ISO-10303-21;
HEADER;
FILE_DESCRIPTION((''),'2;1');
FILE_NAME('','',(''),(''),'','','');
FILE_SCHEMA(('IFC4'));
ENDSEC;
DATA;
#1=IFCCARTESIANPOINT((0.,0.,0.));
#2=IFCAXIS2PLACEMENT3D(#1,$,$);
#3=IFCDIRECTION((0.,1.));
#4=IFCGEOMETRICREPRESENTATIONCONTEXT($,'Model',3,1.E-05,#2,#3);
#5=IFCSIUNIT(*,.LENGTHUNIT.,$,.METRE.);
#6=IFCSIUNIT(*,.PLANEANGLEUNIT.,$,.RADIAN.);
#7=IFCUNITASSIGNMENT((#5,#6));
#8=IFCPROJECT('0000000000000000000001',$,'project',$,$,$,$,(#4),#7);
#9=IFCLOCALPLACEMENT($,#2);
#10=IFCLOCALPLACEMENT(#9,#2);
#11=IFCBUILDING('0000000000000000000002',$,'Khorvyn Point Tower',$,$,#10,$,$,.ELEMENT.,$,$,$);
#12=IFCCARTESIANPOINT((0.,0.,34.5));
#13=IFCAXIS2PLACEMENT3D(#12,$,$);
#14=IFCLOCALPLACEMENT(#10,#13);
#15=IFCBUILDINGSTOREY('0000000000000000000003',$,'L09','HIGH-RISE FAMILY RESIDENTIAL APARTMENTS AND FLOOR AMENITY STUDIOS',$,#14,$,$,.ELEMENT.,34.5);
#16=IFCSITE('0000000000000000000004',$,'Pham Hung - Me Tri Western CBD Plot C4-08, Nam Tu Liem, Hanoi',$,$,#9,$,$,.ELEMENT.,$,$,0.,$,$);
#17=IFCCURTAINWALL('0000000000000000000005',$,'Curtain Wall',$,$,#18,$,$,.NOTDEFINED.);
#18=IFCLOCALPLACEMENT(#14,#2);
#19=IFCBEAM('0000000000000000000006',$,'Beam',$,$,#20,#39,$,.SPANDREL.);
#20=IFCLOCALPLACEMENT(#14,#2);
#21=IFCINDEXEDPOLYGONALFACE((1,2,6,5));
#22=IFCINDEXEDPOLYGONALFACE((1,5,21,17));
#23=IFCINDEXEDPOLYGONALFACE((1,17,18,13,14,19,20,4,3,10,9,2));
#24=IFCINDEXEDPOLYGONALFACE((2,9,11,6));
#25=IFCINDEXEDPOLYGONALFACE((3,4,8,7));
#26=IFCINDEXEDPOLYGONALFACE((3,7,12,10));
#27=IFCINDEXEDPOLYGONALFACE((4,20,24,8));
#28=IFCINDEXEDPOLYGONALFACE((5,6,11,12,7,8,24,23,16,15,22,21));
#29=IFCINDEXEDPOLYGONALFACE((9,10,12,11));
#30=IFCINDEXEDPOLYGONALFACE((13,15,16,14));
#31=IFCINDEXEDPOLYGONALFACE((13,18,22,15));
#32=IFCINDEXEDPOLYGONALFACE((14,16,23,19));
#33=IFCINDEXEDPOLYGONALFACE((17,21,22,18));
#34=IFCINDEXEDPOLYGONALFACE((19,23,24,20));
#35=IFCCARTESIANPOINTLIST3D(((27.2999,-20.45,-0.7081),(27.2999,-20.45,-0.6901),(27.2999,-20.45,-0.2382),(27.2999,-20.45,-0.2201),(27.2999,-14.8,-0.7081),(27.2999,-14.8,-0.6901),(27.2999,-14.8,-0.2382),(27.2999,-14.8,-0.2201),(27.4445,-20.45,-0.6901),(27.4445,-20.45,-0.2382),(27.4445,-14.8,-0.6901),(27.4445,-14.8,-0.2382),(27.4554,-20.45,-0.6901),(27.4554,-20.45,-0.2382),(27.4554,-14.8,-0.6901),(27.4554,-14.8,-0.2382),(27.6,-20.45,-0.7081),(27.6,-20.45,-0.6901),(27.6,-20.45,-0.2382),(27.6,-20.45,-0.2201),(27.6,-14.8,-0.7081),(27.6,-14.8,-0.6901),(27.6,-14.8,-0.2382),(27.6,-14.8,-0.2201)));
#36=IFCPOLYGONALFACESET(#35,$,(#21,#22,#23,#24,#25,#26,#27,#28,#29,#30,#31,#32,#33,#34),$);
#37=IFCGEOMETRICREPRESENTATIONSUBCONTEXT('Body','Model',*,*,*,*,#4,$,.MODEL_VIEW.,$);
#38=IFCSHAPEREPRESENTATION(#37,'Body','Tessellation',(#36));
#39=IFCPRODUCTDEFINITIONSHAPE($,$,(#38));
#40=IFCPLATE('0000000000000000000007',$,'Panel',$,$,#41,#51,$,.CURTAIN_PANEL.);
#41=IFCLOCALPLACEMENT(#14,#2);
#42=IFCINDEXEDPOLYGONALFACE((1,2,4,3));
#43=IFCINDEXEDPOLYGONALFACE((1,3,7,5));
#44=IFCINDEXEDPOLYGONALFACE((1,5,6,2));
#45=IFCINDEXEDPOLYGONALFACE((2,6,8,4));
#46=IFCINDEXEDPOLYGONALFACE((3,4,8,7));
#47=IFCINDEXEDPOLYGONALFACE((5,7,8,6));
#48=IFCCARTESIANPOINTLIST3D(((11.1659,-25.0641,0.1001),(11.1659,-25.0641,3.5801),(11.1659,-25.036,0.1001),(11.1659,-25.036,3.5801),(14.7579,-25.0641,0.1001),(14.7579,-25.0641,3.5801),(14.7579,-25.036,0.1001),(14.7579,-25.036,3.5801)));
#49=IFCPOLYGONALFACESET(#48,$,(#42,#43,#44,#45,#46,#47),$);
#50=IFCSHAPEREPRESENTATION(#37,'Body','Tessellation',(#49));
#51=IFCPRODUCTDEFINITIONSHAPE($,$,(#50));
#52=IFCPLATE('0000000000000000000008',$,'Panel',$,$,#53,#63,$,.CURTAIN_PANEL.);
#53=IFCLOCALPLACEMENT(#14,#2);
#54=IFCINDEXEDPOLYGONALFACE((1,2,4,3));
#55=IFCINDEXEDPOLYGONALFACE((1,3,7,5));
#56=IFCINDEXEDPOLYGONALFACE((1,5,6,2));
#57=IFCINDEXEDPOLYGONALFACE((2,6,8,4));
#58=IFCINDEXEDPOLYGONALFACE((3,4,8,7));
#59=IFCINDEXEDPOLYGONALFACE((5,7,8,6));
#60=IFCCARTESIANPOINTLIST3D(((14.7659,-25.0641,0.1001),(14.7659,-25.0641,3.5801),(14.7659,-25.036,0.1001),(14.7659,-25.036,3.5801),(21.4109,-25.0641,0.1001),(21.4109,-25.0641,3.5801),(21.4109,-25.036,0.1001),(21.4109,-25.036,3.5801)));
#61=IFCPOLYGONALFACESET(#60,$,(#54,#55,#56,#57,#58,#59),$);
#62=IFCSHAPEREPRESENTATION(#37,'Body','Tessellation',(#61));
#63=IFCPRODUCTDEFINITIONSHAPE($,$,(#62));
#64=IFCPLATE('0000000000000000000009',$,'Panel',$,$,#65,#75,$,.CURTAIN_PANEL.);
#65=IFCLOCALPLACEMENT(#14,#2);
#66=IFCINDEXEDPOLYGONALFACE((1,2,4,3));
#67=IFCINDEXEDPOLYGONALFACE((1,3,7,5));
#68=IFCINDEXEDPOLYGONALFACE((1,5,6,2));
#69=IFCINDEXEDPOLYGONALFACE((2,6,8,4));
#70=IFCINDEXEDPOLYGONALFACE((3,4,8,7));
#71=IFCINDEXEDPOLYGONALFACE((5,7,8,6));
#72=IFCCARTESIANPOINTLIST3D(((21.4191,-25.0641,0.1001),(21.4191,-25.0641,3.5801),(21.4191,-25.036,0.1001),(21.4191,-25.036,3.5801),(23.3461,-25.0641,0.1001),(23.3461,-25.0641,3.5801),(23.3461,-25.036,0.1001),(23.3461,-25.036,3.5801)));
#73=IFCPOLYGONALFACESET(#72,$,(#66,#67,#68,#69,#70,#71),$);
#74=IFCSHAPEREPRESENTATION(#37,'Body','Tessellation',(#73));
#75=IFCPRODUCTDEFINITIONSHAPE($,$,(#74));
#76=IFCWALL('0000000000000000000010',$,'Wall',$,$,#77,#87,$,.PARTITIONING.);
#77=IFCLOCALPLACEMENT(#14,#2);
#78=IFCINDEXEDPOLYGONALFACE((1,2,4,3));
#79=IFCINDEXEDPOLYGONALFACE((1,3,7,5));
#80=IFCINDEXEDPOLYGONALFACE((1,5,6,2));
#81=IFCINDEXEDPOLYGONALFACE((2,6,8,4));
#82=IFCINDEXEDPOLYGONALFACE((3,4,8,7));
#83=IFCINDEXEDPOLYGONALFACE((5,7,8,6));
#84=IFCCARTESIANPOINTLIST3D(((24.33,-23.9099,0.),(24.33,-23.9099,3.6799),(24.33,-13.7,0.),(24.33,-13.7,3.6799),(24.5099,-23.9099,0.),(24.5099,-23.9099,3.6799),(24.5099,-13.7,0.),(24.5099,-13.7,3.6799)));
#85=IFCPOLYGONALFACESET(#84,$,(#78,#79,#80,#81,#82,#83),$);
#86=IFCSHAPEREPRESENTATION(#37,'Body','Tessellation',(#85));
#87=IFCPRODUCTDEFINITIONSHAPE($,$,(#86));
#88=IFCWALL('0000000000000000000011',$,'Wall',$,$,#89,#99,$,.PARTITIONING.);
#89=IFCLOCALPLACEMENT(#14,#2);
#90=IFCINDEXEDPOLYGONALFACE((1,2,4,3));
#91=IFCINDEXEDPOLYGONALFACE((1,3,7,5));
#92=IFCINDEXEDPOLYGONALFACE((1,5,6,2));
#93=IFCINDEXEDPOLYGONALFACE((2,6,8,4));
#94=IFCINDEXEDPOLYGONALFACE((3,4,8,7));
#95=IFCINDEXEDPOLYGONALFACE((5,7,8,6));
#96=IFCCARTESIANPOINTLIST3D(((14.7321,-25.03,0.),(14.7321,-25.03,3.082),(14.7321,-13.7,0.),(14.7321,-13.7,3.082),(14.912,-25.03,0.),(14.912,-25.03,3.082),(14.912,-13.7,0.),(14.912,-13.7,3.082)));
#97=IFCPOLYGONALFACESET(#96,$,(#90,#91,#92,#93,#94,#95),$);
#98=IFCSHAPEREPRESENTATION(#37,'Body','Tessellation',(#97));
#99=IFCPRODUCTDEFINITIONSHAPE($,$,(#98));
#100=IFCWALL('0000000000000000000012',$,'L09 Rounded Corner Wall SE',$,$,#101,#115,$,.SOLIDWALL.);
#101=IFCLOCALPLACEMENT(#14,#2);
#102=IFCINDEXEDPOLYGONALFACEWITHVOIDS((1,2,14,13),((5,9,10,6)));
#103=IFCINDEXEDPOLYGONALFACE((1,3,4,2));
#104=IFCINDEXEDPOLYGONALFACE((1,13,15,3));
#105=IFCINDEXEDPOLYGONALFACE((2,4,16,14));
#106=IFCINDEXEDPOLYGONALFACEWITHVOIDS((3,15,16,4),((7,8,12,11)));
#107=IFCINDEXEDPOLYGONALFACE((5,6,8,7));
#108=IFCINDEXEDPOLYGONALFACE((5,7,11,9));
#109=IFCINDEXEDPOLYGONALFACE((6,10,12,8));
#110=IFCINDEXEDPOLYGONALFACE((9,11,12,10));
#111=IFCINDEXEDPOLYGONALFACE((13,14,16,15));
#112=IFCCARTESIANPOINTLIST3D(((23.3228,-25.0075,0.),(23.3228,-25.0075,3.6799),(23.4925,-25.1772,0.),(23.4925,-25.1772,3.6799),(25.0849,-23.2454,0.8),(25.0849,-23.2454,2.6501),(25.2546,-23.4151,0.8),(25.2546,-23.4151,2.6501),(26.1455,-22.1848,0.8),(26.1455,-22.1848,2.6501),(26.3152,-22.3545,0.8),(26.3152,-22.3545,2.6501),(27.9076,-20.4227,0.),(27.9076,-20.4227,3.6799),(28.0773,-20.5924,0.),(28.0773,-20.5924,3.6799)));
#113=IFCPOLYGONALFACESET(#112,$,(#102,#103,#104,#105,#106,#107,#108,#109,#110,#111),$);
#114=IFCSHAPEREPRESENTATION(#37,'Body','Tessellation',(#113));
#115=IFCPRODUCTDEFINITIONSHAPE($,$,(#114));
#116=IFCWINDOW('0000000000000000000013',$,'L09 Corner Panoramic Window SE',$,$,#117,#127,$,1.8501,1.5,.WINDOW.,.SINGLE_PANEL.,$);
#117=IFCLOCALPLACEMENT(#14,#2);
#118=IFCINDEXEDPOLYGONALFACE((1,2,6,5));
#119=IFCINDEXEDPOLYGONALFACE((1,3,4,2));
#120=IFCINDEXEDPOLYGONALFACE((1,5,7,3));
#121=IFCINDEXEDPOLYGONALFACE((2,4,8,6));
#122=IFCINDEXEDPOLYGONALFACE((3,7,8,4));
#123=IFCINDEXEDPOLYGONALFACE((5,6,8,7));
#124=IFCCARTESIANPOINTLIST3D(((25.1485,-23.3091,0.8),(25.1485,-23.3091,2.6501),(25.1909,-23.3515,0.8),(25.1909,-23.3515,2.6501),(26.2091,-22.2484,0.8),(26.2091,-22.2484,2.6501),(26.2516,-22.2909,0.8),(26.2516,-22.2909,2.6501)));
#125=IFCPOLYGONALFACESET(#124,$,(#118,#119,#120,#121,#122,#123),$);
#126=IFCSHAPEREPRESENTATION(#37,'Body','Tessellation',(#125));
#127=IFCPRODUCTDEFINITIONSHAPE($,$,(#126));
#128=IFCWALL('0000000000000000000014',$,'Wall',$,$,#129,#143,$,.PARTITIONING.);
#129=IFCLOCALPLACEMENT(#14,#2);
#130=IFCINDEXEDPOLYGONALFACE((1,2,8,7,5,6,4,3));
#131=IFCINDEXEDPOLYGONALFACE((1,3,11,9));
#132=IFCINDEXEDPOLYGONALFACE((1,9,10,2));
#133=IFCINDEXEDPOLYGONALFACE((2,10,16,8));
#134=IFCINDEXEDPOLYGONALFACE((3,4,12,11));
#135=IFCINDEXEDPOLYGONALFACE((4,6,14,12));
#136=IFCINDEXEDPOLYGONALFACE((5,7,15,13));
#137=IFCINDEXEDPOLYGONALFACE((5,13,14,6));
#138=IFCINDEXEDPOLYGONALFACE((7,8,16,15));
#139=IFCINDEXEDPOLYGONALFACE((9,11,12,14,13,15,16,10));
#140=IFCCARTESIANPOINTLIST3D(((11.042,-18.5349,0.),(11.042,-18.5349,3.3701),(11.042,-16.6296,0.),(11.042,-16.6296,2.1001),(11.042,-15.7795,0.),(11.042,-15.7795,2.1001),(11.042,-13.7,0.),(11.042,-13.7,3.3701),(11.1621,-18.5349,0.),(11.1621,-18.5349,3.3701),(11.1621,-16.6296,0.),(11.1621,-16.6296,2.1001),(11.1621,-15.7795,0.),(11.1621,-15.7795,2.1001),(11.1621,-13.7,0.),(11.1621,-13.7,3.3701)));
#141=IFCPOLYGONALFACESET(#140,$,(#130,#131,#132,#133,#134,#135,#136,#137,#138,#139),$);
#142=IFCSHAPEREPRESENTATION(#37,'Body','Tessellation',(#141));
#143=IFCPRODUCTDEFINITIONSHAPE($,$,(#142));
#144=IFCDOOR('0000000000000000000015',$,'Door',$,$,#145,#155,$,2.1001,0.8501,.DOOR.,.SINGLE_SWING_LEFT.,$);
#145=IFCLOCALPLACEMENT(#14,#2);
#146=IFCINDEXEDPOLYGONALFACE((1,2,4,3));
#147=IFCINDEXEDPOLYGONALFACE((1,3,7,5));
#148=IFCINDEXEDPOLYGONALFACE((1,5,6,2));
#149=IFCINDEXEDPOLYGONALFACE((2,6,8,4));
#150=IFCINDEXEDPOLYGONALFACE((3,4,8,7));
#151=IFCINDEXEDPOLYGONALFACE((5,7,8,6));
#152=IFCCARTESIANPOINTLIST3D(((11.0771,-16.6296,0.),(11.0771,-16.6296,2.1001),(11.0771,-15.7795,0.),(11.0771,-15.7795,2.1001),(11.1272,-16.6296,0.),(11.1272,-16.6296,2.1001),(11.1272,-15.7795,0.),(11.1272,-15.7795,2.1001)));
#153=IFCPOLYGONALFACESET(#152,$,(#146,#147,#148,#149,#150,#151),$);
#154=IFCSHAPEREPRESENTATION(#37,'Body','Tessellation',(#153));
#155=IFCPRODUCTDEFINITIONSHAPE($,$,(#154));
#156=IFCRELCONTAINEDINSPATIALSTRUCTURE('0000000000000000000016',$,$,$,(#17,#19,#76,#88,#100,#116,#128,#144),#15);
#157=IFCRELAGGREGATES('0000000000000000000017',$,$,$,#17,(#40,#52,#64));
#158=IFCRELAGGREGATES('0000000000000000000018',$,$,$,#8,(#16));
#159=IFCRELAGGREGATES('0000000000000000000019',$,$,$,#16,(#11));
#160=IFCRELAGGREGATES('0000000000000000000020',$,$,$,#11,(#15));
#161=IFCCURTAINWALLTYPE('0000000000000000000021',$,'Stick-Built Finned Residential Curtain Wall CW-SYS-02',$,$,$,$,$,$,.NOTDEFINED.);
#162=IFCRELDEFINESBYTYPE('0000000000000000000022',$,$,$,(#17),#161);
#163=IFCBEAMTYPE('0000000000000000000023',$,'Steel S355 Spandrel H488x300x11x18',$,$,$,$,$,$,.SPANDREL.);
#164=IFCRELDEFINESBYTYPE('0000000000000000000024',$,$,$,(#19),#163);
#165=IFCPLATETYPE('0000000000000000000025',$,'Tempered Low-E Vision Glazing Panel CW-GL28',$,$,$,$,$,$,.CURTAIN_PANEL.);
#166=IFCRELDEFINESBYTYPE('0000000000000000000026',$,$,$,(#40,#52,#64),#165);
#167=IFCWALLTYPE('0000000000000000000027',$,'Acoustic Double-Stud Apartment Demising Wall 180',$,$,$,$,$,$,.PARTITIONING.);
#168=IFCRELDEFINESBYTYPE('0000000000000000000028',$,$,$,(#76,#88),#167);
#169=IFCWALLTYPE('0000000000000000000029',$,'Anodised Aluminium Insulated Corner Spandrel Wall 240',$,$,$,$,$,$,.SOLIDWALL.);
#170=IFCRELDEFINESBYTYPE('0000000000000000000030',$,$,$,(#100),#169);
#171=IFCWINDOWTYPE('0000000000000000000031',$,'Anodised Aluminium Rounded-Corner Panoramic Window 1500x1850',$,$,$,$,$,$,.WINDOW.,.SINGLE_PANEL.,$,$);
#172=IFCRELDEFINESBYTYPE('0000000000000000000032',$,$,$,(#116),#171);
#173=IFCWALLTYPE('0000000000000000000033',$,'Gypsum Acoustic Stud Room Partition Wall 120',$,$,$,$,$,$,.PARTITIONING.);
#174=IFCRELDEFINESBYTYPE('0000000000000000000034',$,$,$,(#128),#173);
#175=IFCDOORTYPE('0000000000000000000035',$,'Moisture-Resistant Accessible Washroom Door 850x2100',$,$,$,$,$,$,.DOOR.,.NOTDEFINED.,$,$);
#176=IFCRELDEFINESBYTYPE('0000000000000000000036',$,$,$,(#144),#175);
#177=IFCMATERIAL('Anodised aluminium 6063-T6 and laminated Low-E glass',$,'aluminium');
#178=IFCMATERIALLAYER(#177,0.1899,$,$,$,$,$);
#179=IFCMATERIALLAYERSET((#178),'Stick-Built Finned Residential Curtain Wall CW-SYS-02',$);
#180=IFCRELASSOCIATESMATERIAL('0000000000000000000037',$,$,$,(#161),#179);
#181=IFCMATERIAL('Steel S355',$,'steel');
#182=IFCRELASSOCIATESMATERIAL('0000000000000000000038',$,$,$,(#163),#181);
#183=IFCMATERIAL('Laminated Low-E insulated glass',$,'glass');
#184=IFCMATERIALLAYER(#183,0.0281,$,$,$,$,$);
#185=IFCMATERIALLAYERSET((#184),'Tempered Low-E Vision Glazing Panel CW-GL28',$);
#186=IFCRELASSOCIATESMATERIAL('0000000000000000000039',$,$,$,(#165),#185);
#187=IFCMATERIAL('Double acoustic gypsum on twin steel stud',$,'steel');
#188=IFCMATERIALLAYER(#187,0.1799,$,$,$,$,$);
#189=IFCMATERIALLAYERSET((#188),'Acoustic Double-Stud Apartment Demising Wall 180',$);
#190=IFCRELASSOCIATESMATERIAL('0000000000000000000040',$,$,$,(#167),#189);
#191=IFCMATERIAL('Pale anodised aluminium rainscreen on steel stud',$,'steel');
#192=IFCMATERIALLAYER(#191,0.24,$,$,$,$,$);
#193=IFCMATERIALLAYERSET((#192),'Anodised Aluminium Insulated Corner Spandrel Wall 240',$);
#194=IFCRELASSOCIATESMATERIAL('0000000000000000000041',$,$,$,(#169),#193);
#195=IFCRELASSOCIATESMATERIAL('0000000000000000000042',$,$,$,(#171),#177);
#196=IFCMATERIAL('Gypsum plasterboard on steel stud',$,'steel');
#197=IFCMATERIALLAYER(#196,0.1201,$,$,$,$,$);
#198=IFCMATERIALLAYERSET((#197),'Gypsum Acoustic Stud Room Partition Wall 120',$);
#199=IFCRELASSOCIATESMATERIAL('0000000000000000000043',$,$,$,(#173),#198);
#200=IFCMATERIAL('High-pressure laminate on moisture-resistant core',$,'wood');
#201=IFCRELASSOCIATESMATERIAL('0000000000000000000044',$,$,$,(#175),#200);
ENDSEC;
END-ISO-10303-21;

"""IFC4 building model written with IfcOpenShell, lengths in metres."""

from ifc_helpers import new_model, si_unit, direction, frame, frame_2d, origin, origin_2d, place, context, subcontext, project, spatial, rectangle, i_section, extrude, material, layer, layer_set, material_profile, profile_set, type_object, element, fill, aggregate, save


model = new_model("IFC4")

# Units and contexts
model_context = context("Model", 3, precision=1e-05, world=origin(), true_north=direction((0.0, 1.0)))
body_context = subcontext(model_context, "Body", "Model", "MODEL_VIEW")
ifc_project = project(units=[si_unit("LENGTHUNIT", "METRE"), si_unit("PLANEANGLEUNIT", "RADIAN")], contexts=[model_context])

# Site, building, storey
site_placement = place(None, origin())
site = spatial("IfcSite", under=ifc_project, at=site_placement, Name="Pham Hung - Me Tri Western CBD Plot C4-08, Nam Tu Liem, Hanoi", CompositionType="ELEMENT", RefElevation=0.0)
building_placement = place(site_placement, origin())
building = spatial("IfcBuilding", under=site, at=building_placement, Name="Khorvyn Point Tower", CompositionType="ELEMENT")
storey_placement = place(building_placement, frame((0.0, 0.0, 34.5)))
storey = spatial("IfcBuildingStorey", under=building, at=storey_placement, Name="L09", Description="HIGH-RISE FAMILY RESIDENTIAL APARTMENTS AND FLOOR AMENITY STUDIOS", CompositionType="ELEMENT", Elevation=34.5)

# Curtain wall
ifc_material_1 = material(Name="Anodised aluminium 6063-T6 and laminated Low-E glass", Category="aluminium")
ifc_layer_1 = layer(ifc_material_1, 0.1899)
ifc_layer_set_1 = layer_set([ifc_layer_1], Name="Stick-Built Finned Residential Curtain Wall CW-SYS-02")
curtain_wall_type = type_object("IfcCurtainWallType", Name="Stick-Built Finned Residential Curtain Wall CW-SYS-02", PredefinedType="NOTDEFINED", material=ifc_layer_set_1)
curtain_wall_1_placement = place(storey_placement, origin())
curtain_wall_1 = element("IfcCurtainWall", 1, at=curtain_wall_1_placement, inside=storey, type_object=curtain_wall_type, Name="Curtain Wall", PredefinedType="NOTDEFINED")

# Beam
ifc_material_2 = material(Name="Steel S355", Category="steel")
ifc_material_profile_1 = material_profile(ifc_material_2, i_section(OverallWidth=0.3, OverallDepth=0.488, WebThickness=0.011, FlangeThickness=0.0181, at=origin_2d()))
ifc_profile_set_1 = profile_set([ifc_material_profile_1], Name="Steel S355 H488x300x11x18")
beam_type_1 = type_object("IfcBeamType", Name="Steel S355 Spandrel H488x300x11x18", PredefinedType="SPANDREL", material=ifc_profile_set_1)
beam_1_placement = place(storey_placement, frame((27.45, -20.45, -0.4641), z_axis=(0.0, 1.0, 0.0), x_axis=(-1.0, 0.0, 0.0)))
element("IfcBeam", 2, at=beam_1_placement, inside=storey, type_object=beam_type_1, Name="Beam", PredefinedType="SPANDREL", context=body_context, shape_type="SweptSolid", body=[
    extrude(i_section(OverallWidth=0.3, OverallDepth=0.488, WebThickness=0.011, FlangeThickness=0.0181, at=origin_2d()), origin(), (0.0, 0.0, 1.0), 5.6499),
])

# Plates
ifc_material_3 = material(Name="Laminated Low-E insulated glass", Category="glass")
ifc_layer_2 = layer(ifc_material_3, 0.0281)
ifc_layer_set_2 = layer_set([ifc_layer_2], Name="Tempered Low-E Vision Glazing Panel CW-GL28")
plate_type = type_object("IfcPlateType", Name="Tempered Low-E Vision Glazing Panel CW-GL28", PredefinedType="CURTAIN_PANEL", material=ifc_layer_set_2)
plate_1_placement = place(storey_placement, frame((12.9619, -25.05, 0.1001), z_axis=(0.0, 0.0, 1.0), x_axis=(-1.0, 0.0, 0.0)))
plate_1 = element("IfcPlate", 3, at=plate_1_placement, type_object=plate_type, Name="Panel", PredefinedType="CURTAIN_PANEL", context=body_context, shape_type="SweptSolid", body=[
    extrude(rectangle(XDim=3.592, YDim=0.0281, at=origin_2d()), origin(), (0.0, 0.0, 1.0), 3.48),
])
plate_2_placement = place(storey_placement, frame((18.0884, -25.05, 0.1001), z_axis=(0.0, 0.0, 1.0), x_axis=(-1.0, 0.0, 0.0)))
plate_2 = element("IfcPlate", 4, at=plate_2_placement, type_object=plate_type, Name="Panel", PredefinedType="CURTAIN_PANEL", context=body_context, shape_type="SweptSolid", body=[
    extrude(rectangle(XDim=6.645, YDim=0.0281, at=origin_2d()), origin(), (0.0, 0.0, 1.0), 3.48),
])
plate_3_placement = place(storey_placement, frame((22.3826, -25.05, 0.1001), z_axis=(0.0, 0.0, 1.0), x_axis=(-1.0, 0.0, 0.0)))
plate_3 = element("IfcPlate", 5, at=plate_3_placement, type_object=plate_type, Name="Panel", PredefinedType="CURTAIN_PANEL", context=body_context, shape_type="SweptSolid", body=[
    extrude(rectangle(XDim=1.927, YDim=0.0281, at=origin_2d()), origin(), (0.0, 0.0, 1.0), 3.48),
])
aggregate(curtain_wall_1, [plate_1, plate_2, plate_3])

# Walls
ifc_material_4 = material(Name="Double acoustic gypsum on twin steel stud", Category="steel")
ifc_layer_3 = layer(ifc_material_4, 0.1799)
ifc_layer_set_3 = layer_set([ifc_layer_3], Name="Acoustic Double-Stud Apartment Demising Wall 180")
wall_type_1 = type_object("IfcWallType", Name="Acoustic Double-Stud Apartment Demising Wall 180", PredefinedType="PARTITIONING", material=ifc_layer_set_3)
wall_1_placement = place(storey_placement, frame((24.4199, -23.9099, 0.0), z_axis=(0.0, 0.0, 1.0), x_axis=(0.0, 1.0, 0.0)))
element("IfcWall", 6, at=wall_1_placement, inside=storey, type_object=wall_type_1, Name="Wall", PredefinedType="PARTITIONING", context=body_context, shape_type="SweptSolid", body=[
    extrude(rectangle(XDim=10.21, YDim=0.1799, at=frame_2d((5.105, 0.0))), origin(), (0.0, 0.0, 1.0), 3.6799),
])
wall_2_placement = place(storey_placement, frame((14.822, -25.03, 0.0), z_axis=(0.0, 0.0, 1.0), x_axis=(0.0, 1.0, 0.0)))
element("IfcWall", 7, at=wall_2_placement, inside=storey, type_object=wall_type_1, Name="Wall", PredefinedType="PARTITIONING", context=body_context, shape_type="SweptSolid", body=[
    extrude(rectangle(XDim=11.3301, YDim=0.1799, at=frame_2d((5.665, 0.0))), origin(), (0.0, 0.0, 1.0), 3.082),
])

# Wall, opening, window
ifc_material_5 = material(Name="Pale anodised aluminium rainscreen on steel stud", Category="steel")
ifc_layer_4 = layer(ifc_material_5, 0.24)
ifc_layer_set_4 = layer_set([ifc_layer_4], Name="Anodised Aluminium Insulated Corner Spandrel Wall 240")
wall_type_2 = type_object("IfcWallType", Name="Anodised Aluminium Insulated Corner Spandrel Wall 240", PredefinedType="SOLIDWALL", material=ifc_layer_set_4)
wall_3_placement = place(storey_placement, frame((27.9924, -20.5076, 0.0), z_axis=(0.0, 0.0, 1.0), x_axis=(-0.707107, -0.707107, 0.0)))
wall_3 = element("IfcWall", 8, at=wall_3_placement, inside=storey, type_object=wall_type_2, Name="L09 Rounded Corner Wall SE", PredefinedType="SOLIDWALL", context=body_context, shape_type="SweptSolid", body=[
    extrude(rectangle(XDim=6.4839, YDim=0.24, at=frame_2d((3.2419, 0.0))), origin(), (0.0, 0.0, 1.0), 3.6799),
])
opening_1_placement = place(wall_3_placement, frame((2.4919, 0.0, 0.8)))
opening_1 = element("IfcOpeningElement", 9, at=opening_1_placement, cuts=wall_3, PredefinedType="OPENING", context=body_context, shape_type="SweptSolid", body=[
    extrude(rectangle(XDim=1.5, YDim=1.8501, at=frame_2d((0.75, 0.925))), frame((0.0, 0.1299, 0.0), z_axis=(0.0, -1.0, 0.0), x_axis=(1.0, 0.0, 0.0)), (0.0, 0.0, 1.0), 0.26),
])
window_type = type_object("IfcWindowType", Name="Anodised Aluminium Rounded-Corner Panoramic Window 1500x1850", PartitioningType="SINGLE_PANEL", PredefinedType="WINDOW", material=ifc_material_1)
window_placement = place(opening_1_placement, origin())
window = element("IfcWindow", 10, at=window_placement, inside=storey, type_object=window_type, Name="L09 Corner Panoramic Window SE", OverallHeight=1.8501, OverallWidth=1.5, PartitioningType="SINGLE_PANEL", PredefinedType="WINDOW", context=body_context, shape_type="SweptSolid", body=[
    extrude(rectangle(XDim=1.5, YDim=1.8501, at=frame_2d((0.75, 0.925))), frame((0.0, 0.03, 0.0), z_axis=(0.0, -1.0, 0.0), x_axis=(1.0, 0.0, 0.0)), (0.0, 0.0, 1.0), 0.0601),
])
fill(opening_1, window)

# Wall, opening, door
ifc_material_6 = material(Name="Gypsum plasterboard on steel stud", Category="steel")
ifc_layer_5 = layer(ifc_material_6, 0.1201)
ifc_layer_set_5 = layer_set([ifc_layer_5], Name="Gypsum Acoustic Stud Room Partition Wall 120")
wall_type_3 = type_object("IfcWallType", Name="Gypsum Acoustic Stud Room Partition Wall 120", PredefinedType="PARTITIONING", material=ifc_layer_set_5)
wall_4_placement = place(storey_placement, frame((11.1021, -18.5349, 0.0), z_axis=(0.0, 0.0, 1.0), x_axis=(0.0, 1.0, 0.0)))
wall_4 = element("IfcWall", 11, at=wall_4_placement, inside=storey, type_object=wall_type_3, Name="Wall", PredefinedType="PARTITIONING", context=body_context, shape_type="SweptSolid", body=[
    extrude(rectangle(XDim=4.835, YDim=0.1201, at=frame_2d((2.4175, 0.0))), origin(), (0.0, 0.0, 1.0), 3.3701),
])
opening_2_placement = place(wall_4_placement, frame((1.9053, 0.0, 0.0)))
opening_2 = element("IfcOpeningElement", 12, at=opening_2_placement, cuts=wall_4, PredefinedType="OPENING", context=body_context, shape_type="SweptSolid", body=[
    extrude(rectangle(XDim=0.8501, YDim=2.1001, at=frame_2d((0.425, 1.05))), frame((0.0, 0.0701, 0.0), z_axis=(0.0, -1.0, 0.0), x_axis=(1.0, 0.0, 0.0)), (0.0, 0.0, 1.0), 0.1401),
])
ifc_material_7 = material(Name="High-pressure laminate on moisture-resistant core", Category="wood")
door_type_1 = type_object("IfcDoorType", Name="Moisture-Resistant Accessible Washroom Door 850x2100", OperationType="NOTDEFINED", PredefinedType="DOOR", material=ifc_material_7)
door_1_placement = place(opening_2_placement, origin())
door_1 = element("IfcDoor", 13, at=door_1_placement, inside=storey, type_object=door_type_1, Name="Door", OperationType="SINGLE_SWING_LEFT", OverallHeight=2.1001, OverallWidth=0.8501, PredefinedType="DOOR", context=body_context, shape_type="SweptSolid", body=[
    extrude(rectangle(XDim=0.8501, YDim=2.1001, at=frame_2d((0.425, 1.05))), frame((0.0, 0.0249, 0.0), z_axis=(0.0, -1.0, 0.0), x_axis=(1.0, 0.0, 0.0)), (0.0, 0.0, 1.0), 0.05),
])
fill(opening_2, door_1)

save(model, "model.ifc")
